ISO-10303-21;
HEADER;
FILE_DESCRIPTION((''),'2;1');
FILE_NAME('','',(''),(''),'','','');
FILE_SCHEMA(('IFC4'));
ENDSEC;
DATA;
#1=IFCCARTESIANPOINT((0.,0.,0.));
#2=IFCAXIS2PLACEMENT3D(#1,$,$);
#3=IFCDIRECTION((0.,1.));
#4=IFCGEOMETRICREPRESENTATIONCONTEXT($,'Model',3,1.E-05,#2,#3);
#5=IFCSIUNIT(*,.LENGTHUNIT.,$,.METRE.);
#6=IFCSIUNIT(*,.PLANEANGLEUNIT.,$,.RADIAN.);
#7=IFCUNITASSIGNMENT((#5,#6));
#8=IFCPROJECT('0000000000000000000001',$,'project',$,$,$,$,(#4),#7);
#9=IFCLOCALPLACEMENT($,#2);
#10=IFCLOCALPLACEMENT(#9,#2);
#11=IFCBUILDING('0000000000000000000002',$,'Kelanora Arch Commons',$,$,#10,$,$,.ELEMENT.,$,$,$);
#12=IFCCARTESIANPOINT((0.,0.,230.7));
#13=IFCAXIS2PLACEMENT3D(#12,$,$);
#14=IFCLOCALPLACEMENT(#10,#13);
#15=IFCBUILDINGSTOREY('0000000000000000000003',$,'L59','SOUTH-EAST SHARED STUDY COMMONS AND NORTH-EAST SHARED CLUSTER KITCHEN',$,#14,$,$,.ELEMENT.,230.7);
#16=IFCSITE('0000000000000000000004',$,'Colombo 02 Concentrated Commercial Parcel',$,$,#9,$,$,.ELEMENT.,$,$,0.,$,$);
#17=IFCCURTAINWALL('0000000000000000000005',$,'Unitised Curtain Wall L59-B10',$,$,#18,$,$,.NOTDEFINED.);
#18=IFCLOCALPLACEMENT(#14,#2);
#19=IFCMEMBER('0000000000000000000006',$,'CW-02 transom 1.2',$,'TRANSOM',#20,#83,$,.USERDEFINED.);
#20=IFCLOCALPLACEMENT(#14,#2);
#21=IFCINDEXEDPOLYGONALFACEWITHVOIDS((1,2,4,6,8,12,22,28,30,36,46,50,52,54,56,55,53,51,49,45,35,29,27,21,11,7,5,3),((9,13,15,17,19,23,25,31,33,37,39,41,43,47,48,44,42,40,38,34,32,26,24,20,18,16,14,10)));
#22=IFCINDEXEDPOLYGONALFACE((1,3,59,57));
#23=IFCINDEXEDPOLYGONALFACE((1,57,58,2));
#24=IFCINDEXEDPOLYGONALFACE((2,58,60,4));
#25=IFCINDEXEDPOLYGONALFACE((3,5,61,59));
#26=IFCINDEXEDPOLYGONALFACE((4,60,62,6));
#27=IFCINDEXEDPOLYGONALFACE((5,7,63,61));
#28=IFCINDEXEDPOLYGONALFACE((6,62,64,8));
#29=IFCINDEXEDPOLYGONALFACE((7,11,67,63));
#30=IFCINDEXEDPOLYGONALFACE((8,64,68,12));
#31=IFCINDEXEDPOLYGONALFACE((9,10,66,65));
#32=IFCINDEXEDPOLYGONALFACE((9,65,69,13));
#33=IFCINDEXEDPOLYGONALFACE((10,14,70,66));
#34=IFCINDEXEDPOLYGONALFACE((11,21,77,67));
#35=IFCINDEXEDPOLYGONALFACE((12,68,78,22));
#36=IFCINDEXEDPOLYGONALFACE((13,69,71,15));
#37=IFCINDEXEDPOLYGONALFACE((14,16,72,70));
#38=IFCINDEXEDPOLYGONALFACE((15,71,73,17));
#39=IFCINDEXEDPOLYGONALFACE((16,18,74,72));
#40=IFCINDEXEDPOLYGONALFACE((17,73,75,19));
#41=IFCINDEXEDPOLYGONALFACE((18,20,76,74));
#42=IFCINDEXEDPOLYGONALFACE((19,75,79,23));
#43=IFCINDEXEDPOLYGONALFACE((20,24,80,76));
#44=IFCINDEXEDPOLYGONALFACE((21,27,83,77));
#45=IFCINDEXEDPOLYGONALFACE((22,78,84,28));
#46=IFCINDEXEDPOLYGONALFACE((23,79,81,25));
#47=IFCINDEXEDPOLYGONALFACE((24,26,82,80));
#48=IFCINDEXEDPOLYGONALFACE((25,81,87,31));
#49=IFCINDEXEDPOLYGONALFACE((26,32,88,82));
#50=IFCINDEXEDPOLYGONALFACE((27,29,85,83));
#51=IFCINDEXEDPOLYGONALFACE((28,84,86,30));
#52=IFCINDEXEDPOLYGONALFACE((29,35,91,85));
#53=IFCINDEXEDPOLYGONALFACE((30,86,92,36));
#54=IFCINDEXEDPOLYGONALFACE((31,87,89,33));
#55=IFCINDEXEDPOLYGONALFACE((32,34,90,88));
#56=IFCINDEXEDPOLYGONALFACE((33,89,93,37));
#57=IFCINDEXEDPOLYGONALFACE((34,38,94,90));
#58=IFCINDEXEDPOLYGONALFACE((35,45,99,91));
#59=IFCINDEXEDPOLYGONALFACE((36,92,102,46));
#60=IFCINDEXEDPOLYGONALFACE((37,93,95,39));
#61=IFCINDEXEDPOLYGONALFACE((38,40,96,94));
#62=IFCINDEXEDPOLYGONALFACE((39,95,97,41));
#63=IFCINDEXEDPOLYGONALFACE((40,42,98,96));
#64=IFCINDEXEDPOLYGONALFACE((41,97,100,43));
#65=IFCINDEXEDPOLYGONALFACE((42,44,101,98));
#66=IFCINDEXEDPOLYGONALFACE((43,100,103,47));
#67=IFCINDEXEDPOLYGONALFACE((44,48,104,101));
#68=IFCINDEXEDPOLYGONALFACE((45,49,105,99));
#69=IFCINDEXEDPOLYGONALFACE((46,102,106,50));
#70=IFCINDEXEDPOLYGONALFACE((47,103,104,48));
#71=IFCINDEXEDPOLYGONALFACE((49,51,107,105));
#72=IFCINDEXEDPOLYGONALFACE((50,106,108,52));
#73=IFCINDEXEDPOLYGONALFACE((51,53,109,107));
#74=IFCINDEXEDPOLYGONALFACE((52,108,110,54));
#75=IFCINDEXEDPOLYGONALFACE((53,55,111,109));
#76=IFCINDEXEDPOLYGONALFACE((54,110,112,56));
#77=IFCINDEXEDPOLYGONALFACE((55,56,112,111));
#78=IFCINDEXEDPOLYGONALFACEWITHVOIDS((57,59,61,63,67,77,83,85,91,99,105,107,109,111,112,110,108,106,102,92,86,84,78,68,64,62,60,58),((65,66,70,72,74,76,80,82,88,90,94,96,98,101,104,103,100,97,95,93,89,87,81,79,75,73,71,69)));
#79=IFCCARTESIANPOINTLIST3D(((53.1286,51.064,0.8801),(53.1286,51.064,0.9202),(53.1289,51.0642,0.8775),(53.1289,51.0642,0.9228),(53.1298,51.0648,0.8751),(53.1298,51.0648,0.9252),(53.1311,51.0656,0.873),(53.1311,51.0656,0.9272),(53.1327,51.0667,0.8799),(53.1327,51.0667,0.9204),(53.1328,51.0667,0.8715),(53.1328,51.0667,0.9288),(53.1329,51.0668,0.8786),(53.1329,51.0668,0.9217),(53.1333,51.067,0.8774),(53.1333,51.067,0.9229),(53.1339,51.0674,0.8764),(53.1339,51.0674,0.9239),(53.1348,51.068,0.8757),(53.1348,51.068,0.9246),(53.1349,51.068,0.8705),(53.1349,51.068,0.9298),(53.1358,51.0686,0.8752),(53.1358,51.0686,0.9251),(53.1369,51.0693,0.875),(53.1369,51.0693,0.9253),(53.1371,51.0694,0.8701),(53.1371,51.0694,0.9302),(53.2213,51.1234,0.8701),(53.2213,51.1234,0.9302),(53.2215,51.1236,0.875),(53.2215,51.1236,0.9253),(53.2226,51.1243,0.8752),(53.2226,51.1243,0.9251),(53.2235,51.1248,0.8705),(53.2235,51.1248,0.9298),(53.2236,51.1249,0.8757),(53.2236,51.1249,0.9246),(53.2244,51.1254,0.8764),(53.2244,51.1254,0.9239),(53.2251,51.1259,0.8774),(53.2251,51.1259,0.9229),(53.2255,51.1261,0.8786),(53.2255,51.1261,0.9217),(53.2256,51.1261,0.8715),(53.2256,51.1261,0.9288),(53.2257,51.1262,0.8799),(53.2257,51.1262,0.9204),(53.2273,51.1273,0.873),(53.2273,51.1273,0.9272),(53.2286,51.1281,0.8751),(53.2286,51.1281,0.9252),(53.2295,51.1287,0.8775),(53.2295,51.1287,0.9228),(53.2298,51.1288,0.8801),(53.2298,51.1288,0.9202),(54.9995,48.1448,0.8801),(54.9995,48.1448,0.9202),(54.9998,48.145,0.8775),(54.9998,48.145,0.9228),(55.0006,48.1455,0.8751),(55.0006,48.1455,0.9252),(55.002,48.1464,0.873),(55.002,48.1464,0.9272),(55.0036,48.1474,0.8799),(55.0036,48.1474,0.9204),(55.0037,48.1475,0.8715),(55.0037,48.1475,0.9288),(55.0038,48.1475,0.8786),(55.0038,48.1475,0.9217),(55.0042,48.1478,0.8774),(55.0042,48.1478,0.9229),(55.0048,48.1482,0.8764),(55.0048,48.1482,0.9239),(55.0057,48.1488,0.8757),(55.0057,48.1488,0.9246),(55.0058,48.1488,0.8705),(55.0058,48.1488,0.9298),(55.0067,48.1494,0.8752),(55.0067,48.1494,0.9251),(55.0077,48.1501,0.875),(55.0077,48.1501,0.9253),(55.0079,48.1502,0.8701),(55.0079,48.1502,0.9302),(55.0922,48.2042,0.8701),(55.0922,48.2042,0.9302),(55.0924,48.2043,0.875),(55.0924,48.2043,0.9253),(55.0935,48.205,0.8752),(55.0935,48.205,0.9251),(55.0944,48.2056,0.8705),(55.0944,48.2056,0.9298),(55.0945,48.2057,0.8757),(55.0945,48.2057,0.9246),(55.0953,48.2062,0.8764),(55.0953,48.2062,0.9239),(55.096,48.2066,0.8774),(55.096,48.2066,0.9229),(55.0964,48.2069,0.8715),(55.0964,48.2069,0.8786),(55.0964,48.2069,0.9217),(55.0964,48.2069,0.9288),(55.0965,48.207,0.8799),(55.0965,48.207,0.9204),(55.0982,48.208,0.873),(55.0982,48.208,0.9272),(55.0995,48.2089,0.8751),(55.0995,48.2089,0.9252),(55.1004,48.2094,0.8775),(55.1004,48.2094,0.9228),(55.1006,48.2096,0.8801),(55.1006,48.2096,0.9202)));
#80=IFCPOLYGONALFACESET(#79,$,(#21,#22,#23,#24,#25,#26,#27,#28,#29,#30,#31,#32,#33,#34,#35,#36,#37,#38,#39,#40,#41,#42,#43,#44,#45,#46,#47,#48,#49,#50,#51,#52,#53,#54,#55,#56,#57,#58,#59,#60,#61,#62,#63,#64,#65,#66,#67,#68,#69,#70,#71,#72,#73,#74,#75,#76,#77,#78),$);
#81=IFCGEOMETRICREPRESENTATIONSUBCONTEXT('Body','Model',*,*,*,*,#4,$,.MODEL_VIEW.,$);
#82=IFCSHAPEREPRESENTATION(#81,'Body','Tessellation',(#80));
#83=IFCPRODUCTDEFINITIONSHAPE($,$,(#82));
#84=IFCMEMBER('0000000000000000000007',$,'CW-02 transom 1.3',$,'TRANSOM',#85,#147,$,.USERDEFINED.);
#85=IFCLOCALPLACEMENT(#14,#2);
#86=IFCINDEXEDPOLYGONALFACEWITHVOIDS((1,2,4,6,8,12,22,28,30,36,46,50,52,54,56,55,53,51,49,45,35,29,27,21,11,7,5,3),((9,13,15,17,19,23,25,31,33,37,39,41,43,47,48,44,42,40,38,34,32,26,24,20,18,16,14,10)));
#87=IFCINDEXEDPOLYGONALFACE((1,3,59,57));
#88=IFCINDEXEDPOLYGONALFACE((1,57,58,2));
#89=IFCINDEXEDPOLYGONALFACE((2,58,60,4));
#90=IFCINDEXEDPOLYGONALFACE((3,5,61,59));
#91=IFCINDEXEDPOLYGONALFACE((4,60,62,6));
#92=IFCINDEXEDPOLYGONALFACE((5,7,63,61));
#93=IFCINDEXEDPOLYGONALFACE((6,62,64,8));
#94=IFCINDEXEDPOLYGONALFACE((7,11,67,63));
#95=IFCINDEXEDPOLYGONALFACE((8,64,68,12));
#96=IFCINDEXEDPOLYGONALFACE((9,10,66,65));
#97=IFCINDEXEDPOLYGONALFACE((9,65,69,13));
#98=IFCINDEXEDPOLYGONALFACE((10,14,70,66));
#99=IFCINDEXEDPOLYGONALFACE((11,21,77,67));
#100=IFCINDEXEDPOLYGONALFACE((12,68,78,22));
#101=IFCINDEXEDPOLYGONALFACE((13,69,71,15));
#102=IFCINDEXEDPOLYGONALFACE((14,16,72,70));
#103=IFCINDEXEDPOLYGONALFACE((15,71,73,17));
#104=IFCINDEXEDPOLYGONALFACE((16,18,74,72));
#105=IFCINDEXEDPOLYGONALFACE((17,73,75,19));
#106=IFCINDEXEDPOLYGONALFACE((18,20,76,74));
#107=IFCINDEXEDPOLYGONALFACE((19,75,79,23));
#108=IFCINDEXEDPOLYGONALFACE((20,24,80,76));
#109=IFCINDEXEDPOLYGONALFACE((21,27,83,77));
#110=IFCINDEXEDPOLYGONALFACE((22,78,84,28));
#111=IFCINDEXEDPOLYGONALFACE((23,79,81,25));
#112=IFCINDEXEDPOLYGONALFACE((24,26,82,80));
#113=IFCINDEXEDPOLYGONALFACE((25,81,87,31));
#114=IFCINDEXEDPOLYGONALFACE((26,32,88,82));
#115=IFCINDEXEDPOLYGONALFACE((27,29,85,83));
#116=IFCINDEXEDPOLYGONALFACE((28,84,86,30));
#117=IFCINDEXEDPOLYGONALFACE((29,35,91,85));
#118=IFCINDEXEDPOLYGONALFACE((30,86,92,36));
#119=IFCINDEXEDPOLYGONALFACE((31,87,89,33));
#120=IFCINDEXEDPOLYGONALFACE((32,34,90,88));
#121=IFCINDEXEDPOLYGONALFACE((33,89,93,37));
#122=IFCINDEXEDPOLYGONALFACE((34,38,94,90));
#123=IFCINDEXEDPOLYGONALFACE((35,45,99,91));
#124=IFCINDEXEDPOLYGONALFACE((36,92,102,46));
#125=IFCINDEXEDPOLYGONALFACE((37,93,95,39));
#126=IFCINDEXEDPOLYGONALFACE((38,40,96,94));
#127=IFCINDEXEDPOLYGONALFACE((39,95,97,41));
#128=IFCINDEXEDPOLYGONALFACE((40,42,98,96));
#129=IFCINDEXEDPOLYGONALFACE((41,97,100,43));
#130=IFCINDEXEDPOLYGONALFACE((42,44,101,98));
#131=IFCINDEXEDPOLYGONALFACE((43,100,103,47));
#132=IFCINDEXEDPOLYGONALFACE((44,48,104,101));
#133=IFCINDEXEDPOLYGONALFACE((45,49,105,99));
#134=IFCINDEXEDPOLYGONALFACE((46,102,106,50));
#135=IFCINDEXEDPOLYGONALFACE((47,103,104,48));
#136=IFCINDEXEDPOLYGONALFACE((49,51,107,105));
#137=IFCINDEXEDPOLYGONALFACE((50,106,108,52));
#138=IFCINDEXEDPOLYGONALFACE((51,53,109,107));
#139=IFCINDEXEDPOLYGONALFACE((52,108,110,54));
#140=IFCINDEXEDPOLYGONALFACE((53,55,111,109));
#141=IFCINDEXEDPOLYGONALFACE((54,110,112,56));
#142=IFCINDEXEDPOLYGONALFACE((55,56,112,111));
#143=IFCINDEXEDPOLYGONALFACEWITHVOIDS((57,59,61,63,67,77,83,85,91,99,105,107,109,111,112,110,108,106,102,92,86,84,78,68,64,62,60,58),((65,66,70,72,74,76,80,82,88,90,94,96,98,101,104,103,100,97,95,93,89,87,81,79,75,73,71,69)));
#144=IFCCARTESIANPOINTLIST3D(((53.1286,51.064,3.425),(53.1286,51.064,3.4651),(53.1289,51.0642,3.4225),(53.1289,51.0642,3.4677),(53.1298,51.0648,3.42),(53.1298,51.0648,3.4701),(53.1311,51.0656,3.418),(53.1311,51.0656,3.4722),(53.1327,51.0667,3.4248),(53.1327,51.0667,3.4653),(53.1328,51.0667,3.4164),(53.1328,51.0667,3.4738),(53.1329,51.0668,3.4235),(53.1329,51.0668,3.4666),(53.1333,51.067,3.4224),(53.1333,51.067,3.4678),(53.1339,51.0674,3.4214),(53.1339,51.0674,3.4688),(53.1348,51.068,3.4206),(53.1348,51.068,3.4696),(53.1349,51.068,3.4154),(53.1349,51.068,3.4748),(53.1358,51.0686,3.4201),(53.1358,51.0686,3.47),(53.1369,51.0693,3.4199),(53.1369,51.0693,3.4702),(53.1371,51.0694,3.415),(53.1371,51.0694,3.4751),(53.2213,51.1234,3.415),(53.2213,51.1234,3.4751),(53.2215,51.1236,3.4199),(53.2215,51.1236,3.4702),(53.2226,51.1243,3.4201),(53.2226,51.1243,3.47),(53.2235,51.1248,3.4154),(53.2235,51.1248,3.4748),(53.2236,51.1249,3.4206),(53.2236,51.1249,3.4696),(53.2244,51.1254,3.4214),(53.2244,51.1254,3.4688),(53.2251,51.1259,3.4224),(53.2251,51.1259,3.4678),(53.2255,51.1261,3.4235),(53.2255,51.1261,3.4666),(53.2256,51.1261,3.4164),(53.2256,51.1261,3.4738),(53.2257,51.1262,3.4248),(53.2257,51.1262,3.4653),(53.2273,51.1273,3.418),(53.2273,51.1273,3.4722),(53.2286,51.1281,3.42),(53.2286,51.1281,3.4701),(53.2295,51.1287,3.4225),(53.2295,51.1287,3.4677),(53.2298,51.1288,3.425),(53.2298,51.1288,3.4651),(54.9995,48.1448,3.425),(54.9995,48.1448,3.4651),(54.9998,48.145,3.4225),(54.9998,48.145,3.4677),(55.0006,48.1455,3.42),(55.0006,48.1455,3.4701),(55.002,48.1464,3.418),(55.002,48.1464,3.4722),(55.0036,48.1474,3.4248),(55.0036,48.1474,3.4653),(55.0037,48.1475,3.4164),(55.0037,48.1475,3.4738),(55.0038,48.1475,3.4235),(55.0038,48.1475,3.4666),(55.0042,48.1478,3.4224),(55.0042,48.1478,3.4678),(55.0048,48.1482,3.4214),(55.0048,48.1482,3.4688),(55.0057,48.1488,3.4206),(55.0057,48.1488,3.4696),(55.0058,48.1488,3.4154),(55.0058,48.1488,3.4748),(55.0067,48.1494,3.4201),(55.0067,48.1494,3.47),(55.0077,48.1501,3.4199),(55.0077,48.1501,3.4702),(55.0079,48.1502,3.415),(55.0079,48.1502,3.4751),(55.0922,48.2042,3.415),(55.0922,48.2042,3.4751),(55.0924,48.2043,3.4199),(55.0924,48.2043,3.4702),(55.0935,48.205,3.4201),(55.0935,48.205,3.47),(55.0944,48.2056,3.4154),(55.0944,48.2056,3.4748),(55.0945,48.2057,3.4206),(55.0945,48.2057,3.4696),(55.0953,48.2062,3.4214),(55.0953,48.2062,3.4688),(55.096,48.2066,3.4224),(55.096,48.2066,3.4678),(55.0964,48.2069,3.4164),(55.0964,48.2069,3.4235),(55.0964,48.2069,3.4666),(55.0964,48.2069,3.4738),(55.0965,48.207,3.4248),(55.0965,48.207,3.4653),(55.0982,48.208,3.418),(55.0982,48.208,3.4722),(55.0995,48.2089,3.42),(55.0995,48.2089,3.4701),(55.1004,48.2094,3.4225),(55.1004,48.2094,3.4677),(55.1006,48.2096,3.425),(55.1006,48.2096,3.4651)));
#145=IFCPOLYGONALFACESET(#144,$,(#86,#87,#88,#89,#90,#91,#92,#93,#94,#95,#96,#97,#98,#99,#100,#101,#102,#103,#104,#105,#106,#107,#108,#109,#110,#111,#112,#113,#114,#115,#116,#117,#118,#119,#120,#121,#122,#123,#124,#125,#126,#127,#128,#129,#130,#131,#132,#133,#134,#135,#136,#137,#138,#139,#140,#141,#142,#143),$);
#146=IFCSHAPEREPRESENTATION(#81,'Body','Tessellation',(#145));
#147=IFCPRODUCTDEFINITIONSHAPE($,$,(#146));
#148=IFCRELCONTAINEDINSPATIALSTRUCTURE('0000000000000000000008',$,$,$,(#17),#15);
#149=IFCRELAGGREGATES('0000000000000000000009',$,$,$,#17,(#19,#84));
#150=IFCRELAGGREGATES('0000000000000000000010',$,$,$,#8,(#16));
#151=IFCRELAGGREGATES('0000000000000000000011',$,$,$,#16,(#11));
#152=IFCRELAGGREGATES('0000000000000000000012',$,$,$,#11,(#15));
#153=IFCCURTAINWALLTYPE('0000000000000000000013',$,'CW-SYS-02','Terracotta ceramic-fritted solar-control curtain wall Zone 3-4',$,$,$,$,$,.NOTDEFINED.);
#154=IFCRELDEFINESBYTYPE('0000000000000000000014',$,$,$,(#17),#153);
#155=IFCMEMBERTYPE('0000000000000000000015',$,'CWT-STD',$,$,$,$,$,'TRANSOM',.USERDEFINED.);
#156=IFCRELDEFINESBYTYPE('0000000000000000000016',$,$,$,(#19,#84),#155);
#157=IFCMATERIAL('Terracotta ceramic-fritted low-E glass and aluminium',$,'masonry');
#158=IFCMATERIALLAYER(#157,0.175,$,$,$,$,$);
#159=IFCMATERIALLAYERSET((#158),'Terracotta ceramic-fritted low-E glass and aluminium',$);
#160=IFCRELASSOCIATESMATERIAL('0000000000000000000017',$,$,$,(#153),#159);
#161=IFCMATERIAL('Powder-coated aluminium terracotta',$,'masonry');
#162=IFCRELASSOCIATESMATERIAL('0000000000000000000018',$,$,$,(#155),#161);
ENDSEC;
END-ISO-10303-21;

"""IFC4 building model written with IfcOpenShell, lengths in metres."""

from ifc_helpers import new_model, si_unit, direction, frame, origin, origin_2d, place, context, subcontext, project, spatial, hollow_rectangle, extrude, material, layer, layer_set, material_profile, profile_set, type_object, element, aggregate, save


model = new_model("IFC4")

# Units and contexts
model_context = context("Model", 3, precision=1e-05, world=origin(), true_north=direction((0.0, 1.0)))
body_context = subcontext(model_context, "Body", "Model", "MODEL_VIEW")
ifc_project = project(units=[si_unit("LENGTHUNIT", "METRE"), si_unit("PLANEANGLEUNIT", "RADIAN")], contexts=[model_context])

# Site, building, storey
site_placement = place(None, origin())
site = spatial("IfcSite", under=ifc_project, at=site_placement, Name="Colombo 02 Concentrated Commercial Parcel", CompositionType="ELEMENT", RefElevation=0.0)
building_placement = place(site_placement, origin())
building = spatial("IfcBuilding", under=site, at=building_placement, Name="Kelanora Arch Commons", CompositionType="ELEMENT")
storey_placement = place(building_placement, frame((0.0, 0.0, 230.7)))
storey = spatial("IfcBuildingStorey", under=building, at=storey_placement, Name="L59", Description="SOUTH-EAST SHARED STUDY COMMONS AND NORTH-EAST SHARED CLUSTER KITCHEN", CompositionType="ELEMENT", Elevation=230.7)

# Shared definitions
ifc_material_1 = material(Name="Terracotta ceramic-fritted low-E glass and aluminium", Category="masonry")
ifc_layer_1 = layer(ifc_material_1, 0.175)
ifc_layer_set_1 = layer_set([ifc_layer_1], Name="Terracotta ceramic-fritted low-E glass and aluminium")
curtain_wall_type = type_object("IfcCurtainWallType", Name="CW-SYS-02", Description="Terracotta ceramic-fritted solar-control curtain wall Zone 3-4", PredefinedType="NOTDEFINED", material=ifc_layer_set_1)
ifc_material_2 = material(Name="Powder-coated aluminium terracotta", Category="masonry")

# Curtain wall, members
curtain_wall_1_placement = place(storey_placement, origin())
curtain_wall_1 = element("IfcCurtainWall", 1, at=curtain_wall_1_placement, inside=storey, type_object=curtain_wall_type, Name="Unitised Curtain Wall L59-B10", PredefinedType="NOTDEFINED")
ifc_material_profile_1 = material_profile(ifc_material_2, hollow_rectangle(XDim=0.1201, YDim=0.0601, WallThickness=0.0049, InnerFilletRadius=0.0049, OuterFilletRadius=0.01, at=origin_2d()), Name="CWT120x60")
ifc_profile_set_1 = profile_set([ifc_material_profile_1], Name="Powder-coated aluminium terracotta")
member_type_1 = type_object("IfcMemberType", Name="CWT-STD", ElementType="TRANSOM", PredefinedType="USERDEFINED", material=ifc_profile_set_1)
member_1_placement = place(storey_placement, frame((53.1792, 51.0964, 0.9001), z_axis=(0.539579, -0.841935, 0.0), x_axis=(0.841935, 0.539579, 0.0)))
member_1 = element("IfcMember", 2, at=member_1_placement, type_object=member_type_1, Name="CW-02 transom 1.2", ObjectType="TRANSOM", PredefinedType="USERDEFINED", context=body_context, shape_type="SweptSolid", body=[
    extrude(hollow_rectangle(XDim=0.1201, YDim=0.0601, WallThickness=0.0049, InnerFilletRadius=0.0049, OuterFilletRadius=0.01, at=origin_2d()), origin(), (0.0, 0.0, 1.0), 3.4673),
])
member_2_placement = place(storey_placement, frame((53.1792, 51.0964, 3.4451), z_axis=(0.539579, -0.841935, 0.0), x_axis=(0.841935, 0.539579, 0.0)))
member_2 = element("IfcMember", 3, at=member_2_placement, type_object=member_type_1, Name="CW-02 transom 1.3", ObjectType="TRANSOM", PredefinedType="USERDEFINED", context=body_context, shape_type="SweptSolid", body=[
    extrude(hollow_rectangle(XDim=0.1201, YDim=0.0601, WallThickness=0.0049, InnerFilletRadius=0.0049, OuterFilletRadius=0.01, at=origin_2d()), origin(), (0.0, 0.0, 1.0), 3.4673),
])

aggregate(curtain_wall_1, [member_1, member_2])

save(model, "model.ifc")
